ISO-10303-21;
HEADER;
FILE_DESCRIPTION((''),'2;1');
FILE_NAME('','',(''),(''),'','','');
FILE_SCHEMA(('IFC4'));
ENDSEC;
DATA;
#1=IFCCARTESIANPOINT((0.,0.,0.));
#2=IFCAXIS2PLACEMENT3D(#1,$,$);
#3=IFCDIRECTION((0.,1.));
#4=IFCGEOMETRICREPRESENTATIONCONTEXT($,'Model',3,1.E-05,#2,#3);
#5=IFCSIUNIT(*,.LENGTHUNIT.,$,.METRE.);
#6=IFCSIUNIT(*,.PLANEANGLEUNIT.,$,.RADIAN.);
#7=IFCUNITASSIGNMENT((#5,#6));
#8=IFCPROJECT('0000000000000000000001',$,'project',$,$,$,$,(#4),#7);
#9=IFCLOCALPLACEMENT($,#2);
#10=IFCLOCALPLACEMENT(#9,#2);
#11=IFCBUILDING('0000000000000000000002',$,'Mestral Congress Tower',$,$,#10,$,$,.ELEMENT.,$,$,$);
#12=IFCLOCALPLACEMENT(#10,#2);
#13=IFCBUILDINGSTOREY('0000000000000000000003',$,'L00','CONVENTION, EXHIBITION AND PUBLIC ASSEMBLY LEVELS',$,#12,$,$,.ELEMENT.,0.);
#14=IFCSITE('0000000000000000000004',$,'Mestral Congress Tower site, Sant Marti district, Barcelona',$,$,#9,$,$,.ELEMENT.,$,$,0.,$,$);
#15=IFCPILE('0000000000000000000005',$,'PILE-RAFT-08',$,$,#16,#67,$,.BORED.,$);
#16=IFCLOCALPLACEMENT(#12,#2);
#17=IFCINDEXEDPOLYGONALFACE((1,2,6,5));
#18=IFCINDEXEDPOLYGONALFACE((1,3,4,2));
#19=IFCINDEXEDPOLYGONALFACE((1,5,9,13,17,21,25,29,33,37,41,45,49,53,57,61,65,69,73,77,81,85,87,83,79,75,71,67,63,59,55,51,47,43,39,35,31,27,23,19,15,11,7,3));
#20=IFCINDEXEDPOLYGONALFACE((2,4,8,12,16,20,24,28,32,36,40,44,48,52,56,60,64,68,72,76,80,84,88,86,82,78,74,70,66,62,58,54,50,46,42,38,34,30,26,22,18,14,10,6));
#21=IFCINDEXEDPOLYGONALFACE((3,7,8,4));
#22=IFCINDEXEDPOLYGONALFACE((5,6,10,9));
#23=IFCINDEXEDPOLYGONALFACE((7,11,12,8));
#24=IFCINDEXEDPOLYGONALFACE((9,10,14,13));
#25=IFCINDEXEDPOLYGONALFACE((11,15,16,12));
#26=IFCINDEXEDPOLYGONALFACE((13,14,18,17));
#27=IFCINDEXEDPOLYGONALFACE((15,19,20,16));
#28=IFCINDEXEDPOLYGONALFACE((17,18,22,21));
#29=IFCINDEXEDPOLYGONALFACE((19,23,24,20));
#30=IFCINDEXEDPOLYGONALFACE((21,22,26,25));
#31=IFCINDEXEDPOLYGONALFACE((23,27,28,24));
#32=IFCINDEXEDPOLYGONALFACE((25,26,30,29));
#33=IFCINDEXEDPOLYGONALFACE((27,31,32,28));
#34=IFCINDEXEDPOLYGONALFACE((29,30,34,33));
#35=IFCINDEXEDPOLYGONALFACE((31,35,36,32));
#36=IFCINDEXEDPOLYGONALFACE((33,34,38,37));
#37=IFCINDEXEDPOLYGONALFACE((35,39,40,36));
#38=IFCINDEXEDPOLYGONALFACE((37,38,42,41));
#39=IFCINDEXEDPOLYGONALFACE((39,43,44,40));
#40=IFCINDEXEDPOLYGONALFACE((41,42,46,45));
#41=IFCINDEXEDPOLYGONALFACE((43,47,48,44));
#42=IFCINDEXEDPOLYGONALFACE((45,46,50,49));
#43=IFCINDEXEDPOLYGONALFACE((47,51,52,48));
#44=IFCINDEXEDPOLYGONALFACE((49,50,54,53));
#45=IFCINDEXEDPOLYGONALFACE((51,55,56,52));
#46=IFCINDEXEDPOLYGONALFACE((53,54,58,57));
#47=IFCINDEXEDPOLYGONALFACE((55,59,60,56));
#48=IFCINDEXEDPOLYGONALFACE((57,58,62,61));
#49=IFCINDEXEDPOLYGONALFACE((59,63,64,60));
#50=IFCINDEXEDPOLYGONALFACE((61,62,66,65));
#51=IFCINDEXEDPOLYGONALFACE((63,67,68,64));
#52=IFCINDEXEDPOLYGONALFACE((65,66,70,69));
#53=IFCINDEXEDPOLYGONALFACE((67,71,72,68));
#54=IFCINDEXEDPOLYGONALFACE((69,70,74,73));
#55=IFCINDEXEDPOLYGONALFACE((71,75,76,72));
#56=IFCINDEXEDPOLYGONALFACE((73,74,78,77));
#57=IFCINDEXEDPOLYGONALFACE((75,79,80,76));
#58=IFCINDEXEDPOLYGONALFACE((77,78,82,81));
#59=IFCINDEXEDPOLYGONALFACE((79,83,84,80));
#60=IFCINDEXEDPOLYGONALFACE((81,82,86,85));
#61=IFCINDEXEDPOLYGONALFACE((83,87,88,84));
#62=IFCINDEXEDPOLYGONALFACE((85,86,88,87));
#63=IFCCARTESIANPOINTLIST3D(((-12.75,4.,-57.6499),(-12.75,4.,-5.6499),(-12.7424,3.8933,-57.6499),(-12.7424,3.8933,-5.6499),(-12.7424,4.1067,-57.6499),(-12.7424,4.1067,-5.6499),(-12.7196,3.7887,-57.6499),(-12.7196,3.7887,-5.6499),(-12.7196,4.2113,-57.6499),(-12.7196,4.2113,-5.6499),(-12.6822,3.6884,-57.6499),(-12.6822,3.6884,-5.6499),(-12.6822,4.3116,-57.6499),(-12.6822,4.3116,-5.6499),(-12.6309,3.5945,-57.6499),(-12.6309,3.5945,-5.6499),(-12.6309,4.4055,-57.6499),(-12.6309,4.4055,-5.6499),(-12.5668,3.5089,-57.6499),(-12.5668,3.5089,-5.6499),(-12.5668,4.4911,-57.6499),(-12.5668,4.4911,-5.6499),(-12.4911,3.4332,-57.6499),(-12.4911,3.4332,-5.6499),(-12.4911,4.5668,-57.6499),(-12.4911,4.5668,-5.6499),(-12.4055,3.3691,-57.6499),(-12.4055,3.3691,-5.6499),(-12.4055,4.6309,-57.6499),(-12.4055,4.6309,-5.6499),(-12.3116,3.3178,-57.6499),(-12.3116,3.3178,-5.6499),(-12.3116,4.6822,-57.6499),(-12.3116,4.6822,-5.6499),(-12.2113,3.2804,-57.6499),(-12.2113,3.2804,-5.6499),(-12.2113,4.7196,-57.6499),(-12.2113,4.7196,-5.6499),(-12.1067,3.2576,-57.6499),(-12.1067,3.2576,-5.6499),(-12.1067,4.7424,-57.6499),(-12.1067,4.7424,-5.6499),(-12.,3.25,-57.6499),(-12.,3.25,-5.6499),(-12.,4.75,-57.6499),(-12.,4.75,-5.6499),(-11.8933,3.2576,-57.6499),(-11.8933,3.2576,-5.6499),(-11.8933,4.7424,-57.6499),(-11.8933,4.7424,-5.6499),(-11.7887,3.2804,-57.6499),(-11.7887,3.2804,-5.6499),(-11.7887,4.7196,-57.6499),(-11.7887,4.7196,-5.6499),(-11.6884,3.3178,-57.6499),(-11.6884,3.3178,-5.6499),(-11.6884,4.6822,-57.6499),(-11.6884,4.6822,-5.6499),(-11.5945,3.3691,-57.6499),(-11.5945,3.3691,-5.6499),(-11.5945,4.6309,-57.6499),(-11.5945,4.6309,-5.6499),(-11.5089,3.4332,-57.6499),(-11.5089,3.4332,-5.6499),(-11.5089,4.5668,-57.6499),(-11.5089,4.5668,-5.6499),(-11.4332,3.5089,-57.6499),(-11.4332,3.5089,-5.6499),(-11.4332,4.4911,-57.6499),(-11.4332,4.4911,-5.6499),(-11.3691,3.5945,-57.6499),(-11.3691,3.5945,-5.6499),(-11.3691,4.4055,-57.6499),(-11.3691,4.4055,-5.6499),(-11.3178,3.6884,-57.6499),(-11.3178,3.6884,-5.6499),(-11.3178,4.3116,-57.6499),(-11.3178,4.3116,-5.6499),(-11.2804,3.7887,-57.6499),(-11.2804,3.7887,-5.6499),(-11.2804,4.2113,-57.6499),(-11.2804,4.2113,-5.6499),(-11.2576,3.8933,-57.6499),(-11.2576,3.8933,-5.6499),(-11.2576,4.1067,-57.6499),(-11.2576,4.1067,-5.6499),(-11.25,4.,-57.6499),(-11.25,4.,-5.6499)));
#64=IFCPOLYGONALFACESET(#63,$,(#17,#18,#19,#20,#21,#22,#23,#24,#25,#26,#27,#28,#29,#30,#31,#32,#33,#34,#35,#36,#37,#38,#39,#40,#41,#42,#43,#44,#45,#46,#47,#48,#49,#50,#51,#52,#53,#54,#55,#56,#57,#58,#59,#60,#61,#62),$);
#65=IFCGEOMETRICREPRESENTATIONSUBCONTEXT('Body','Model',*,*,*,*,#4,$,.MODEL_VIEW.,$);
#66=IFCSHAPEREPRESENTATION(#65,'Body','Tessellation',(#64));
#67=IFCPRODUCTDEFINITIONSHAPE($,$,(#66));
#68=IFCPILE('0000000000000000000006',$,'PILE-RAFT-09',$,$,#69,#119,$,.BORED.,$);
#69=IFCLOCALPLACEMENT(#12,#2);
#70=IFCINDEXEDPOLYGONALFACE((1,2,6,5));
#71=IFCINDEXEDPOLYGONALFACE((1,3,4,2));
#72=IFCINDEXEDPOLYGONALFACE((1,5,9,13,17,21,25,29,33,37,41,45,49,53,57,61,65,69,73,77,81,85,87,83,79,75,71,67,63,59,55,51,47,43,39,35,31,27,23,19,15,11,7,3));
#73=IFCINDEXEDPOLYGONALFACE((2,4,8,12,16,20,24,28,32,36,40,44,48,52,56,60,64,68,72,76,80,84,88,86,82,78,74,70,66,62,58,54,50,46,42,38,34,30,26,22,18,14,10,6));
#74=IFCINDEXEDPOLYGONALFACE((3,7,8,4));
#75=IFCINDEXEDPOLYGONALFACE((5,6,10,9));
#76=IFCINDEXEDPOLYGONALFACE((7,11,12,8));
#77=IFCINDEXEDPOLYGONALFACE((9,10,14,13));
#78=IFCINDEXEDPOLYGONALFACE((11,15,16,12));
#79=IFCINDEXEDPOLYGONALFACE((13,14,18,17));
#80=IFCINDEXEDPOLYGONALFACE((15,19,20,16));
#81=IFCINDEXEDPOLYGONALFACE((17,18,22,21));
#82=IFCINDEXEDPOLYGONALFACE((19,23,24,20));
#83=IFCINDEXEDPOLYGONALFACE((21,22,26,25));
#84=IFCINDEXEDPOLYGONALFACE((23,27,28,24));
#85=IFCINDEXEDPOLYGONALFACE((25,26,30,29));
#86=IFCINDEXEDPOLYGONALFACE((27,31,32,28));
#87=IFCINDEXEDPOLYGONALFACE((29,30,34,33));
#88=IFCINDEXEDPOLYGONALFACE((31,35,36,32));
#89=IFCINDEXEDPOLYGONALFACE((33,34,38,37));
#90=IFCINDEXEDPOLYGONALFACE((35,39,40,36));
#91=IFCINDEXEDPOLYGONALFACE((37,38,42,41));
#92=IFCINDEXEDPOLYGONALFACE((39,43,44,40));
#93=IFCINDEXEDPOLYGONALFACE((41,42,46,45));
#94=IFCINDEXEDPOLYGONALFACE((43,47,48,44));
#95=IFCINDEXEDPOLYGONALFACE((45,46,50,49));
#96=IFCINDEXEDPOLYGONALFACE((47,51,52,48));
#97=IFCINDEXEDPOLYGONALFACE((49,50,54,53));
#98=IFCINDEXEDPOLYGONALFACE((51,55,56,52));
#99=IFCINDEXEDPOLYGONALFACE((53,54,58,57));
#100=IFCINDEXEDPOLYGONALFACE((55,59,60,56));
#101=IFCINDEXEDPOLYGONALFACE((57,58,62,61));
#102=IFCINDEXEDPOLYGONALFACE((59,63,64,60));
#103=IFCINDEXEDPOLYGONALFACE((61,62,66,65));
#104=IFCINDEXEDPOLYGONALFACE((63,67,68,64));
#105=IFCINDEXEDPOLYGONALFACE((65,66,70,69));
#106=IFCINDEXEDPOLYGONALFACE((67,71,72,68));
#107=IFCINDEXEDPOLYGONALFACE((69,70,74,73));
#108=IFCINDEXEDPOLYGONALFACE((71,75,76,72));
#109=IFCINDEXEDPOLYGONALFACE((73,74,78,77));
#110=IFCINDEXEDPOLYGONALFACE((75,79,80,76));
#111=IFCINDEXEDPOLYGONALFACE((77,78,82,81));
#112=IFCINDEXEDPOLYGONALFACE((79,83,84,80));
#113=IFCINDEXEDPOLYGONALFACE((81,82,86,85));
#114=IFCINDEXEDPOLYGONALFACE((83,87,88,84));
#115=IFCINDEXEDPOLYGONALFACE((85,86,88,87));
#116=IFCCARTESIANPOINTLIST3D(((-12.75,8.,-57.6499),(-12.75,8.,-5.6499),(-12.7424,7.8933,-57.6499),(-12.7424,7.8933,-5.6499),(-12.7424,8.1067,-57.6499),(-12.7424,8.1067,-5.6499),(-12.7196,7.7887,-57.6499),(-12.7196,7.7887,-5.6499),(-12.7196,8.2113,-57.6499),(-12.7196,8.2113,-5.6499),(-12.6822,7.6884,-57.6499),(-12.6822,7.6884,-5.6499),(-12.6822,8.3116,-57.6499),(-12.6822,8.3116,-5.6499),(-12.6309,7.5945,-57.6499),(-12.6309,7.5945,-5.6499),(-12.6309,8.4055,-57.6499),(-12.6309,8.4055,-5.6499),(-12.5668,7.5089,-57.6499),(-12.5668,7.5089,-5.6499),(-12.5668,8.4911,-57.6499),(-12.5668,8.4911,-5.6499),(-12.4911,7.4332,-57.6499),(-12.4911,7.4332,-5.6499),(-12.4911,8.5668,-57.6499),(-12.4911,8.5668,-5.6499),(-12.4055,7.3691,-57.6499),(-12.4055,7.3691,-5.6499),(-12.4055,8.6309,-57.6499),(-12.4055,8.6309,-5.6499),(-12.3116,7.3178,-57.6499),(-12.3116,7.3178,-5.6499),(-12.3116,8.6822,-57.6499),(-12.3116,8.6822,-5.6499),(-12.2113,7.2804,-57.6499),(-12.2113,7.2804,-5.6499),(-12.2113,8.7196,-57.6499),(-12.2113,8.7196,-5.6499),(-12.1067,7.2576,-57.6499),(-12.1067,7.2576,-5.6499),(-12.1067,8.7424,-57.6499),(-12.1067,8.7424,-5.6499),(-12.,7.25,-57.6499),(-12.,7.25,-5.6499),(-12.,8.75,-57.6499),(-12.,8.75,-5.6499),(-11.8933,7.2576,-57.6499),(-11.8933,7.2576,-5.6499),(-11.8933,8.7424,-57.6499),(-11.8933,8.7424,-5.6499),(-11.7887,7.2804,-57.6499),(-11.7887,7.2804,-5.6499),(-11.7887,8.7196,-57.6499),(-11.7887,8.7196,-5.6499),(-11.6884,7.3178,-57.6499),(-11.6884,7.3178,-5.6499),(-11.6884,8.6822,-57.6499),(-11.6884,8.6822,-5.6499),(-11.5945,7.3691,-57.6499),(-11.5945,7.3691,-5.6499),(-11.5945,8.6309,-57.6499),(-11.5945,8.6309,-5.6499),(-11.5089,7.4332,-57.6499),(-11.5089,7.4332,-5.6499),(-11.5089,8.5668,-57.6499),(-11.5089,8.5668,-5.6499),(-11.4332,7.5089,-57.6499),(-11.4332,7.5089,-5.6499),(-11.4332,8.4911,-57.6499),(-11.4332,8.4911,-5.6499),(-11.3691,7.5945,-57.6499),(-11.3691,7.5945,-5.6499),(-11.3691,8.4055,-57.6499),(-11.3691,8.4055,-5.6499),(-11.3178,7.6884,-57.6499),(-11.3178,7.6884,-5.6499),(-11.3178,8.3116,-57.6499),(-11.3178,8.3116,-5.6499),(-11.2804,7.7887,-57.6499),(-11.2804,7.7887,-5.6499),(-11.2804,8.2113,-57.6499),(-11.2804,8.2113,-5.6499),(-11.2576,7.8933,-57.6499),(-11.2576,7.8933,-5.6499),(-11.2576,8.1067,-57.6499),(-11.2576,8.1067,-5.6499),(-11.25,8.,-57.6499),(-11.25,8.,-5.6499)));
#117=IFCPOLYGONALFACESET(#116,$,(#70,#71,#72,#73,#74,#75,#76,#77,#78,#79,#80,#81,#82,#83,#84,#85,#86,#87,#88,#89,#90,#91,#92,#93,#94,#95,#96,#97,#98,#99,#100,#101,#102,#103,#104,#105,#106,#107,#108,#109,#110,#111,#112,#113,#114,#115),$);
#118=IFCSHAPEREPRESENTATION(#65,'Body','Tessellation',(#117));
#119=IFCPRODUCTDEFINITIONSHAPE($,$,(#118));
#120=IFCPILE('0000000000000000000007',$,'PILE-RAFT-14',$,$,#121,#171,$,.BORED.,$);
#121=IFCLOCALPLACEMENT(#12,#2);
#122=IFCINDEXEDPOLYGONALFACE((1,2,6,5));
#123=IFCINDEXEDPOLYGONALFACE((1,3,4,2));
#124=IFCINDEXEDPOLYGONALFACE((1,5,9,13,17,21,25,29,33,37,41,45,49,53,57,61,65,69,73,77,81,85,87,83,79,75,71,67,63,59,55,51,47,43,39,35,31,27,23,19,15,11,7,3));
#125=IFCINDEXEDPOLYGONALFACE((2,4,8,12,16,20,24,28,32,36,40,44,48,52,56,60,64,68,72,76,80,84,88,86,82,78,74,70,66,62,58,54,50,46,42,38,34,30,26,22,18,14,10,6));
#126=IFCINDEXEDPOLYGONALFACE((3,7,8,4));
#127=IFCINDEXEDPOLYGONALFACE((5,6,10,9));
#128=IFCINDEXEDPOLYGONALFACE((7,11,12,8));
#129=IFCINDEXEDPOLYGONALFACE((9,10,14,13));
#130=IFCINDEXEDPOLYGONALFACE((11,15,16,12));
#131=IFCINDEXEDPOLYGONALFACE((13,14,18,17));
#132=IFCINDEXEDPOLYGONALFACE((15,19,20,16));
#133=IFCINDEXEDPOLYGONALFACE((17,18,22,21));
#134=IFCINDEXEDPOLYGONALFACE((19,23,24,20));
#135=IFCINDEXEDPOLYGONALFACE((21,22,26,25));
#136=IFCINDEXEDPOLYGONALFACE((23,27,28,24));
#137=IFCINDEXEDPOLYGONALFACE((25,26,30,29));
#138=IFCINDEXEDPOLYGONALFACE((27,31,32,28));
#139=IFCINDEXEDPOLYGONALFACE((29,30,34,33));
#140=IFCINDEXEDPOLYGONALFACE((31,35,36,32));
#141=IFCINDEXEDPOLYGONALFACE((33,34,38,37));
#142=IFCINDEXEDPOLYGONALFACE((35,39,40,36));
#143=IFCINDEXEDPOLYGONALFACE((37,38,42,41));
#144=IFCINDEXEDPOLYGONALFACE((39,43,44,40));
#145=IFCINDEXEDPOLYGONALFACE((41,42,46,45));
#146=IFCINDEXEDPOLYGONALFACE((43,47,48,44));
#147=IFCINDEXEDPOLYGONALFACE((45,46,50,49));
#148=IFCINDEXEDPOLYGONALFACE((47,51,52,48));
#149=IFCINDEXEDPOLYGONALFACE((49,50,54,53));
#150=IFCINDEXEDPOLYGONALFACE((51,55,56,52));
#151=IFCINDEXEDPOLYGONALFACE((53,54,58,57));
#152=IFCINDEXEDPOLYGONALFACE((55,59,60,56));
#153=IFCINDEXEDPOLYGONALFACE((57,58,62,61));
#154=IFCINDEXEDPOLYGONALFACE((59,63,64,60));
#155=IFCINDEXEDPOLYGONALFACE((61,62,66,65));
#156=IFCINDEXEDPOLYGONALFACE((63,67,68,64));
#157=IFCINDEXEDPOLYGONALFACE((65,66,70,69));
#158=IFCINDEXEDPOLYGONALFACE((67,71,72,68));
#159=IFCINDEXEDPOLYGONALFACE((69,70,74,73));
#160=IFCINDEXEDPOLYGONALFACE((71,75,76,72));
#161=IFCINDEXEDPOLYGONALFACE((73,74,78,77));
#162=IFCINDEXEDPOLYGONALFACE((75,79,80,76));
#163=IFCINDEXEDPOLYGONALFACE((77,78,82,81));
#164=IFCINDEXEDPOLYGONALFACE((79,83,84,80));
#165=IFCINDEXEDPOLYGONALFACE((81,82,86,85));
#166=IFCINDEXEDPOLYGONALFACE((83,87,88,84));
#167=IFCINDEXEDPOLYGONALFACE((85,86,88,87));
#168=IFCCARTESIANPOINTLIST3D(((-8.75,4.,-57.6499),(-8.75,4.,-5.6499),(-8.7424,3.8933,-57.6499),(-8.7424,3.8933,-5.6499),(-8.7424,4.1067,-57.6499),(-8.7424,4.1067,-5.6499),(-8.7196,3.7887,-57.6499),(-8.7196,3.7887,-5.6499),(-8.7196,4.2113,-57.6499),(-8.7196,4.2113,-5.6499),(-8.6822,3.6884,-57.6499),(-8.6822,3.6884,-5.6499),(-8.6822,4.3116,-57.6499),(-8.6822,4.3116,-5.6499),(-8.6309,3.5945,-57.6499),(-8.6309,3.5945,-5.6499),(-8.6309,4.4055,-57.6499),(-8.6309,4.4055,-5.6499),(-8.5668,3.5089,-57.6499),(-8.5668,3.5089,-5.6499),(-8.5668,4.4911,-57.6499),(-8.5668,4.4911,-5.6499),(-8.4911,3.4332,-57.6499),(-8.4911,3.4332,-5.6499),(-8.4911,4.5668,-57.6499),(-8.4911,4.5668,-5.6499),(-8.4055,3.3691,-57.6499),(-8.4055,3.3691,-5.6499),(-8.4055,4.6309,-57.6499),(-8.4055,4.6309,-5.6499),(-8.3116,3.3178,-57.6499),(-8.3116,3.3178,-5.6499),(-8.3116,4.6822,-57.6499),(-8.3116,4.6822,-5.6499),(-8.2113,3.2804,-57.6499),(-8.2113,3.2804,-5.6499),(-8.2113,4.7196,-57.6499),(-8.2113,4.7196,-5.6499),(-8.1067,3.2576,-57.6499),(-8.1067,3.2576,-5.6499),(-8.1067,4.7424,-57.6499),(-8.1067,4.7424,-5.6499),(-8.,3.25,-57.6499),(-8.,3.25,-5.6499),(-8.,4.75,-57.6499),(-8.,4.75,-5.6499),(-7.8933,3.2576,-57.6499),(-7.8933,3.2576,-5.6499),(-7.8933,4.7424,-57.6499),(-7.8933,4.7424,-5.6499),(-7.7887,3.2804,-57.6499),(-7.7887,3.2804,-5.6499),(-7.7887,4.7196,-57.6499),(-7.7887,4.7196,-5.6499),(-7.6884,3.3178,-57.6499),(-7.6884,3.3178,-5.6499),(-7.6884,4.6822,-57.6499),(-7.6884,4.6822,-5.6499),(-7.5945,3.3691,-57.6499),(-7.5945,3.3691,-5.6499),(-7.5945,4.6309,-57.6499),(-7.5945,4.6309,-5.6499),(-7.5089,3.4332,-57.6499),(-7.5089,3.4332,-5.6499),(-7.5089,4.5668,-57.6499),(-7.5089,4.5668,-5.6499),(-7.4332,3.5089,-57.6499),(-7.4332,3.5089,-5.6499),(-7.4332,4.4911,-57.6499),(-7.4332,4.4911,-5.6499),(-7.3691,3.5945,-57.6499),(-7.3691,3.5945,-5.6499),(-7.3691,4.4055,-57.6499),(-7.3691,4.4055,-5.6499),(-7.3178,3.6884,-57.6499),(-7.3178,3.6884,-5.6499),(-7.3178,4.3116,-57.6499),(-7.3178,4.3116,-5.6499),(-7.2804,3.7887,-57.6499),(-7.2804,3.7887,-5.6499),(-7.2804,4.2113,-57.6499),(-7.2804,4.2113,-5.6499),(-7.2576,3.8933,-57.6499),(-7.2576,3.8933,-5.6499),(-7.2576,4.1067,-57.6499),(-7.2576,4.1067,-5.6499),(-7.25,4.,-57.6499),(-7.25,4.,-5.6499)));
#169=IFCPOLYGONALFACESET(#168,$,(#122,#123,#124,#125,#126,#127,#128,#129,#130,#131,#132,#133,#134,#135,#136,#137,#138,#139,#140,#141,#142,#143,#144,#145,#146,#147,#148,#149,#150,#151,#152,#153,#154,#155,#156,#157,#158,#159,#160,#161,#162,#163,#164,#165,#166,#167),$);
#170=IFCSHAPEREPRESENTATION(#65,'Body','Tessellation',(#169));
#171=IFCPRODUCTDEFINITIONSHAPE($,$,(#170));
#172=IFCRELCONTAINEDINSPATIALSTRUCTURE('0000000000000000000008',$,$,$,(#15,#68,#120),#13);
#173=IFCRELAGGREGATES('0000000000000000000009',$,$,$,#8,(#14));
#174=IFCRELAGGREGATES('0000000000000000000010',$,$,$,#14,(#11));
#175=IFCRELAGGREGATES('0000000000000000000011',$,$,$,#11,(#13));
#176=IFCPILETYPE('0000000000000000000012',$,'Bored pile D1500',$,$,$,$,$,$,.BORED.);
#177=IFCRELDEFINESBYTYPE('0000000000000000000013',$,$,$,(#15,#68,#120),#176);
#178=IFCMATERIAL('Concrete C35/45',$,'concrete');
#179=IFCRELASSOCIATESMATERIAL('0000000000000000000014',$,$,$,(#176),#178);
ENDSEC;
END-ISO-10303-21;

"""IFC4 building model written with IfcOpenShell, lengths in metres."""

from ifc_helpers import new_model, si_unit, direction, frame, origin, origin_2d, place, context, subcontext, project, spatial, circle, extrude, material, material_profile, profile_set, type_object, element, save


model = new_model("IFC4")

# Units and contexts
model_context = context("Model", 3, precision=1e-05, world=origin(), true_north=direction((0.0, 1.0)))
body_context = subcontext(model_context, "Body", "Model", "MODEL_VIEW")
ifc_project = project(units=[si_unit("LENGTHUNIT", "METRE"), si_unit("PLANEANGLEUNIT", "RADIAN")], contexts=[model_context])

# Site, building, storey
site_placement = place(None, origin())
site = spatial("IfcSite", under=ifc_project, at=site_placement, Name="Mestral Congress Tower site, Sant Marti district, Barcelona", CompositionType="ELEMENT", RefElevation=0.0)
building_placement = place(site_placement, origin())
building = spatial("IfcBuilding", under=site, at=building_placement, Name="Mestral Congress Tower", CompositionType="ELEMENT")
storey_placement = place(building_placement, origin())
storey = spatial("IfcBuildingStorey", under=building, at=storey_placement, Name="L00", Description="CONVENTION, EXHIBITION AND PUBLIC ASSEMBLY LEVELS", CompositionType="ELEMENT", Elevation=0.0)

# Piles
ifc_material_1 = material(Name="Concrete C35/45", Category="concrete")
ifc_material_profile = material_profile(ifc_material_1, circle(Radius=0.75, at=origin_2d()), Name="D1500")
ifc_profile_set = profile_set([ifc_material_profile], Name="Concrete C35/45")
pile_type = type_object("IfcPileType", Name="Bored pile D1500", PredefinedType="BORED", material=ifc_profile_set)
for number, where, z_axis, x_axis, name in (
    (1, (-12.0, 4.0, -5.6499), (0.0, 0.0, -1.0), (1.0, 0.0, 0.0), "PILE-RAFT-08"),
    (2, (-12.0, 8.0, -5.6499), (0.0, 0.0, -1.0), (1.0, 0.0, 0.0), "PILE-RAFT-09"),
    (3, (-8.0, 4.0, -5.6499), (0.0, 0.0, -1.0), (1.0, 0.0, 0.0), "PILE-RAFT-14"),
):
    element("IfcPile", number, at=place(storey_placement, frame(where, z_axis=z_axis, x_axis=x_axis)), inside=storey, type_object=pile_type, Name=name, PredefinedType="BORED", context=body_context, shape_type="SweptSolid", body=[
        extrude(circle(Radius=0.75, at=origin_2d()), origin(), (0.0, 0.0, 1.0), 52.0),
    ])

save(model, "model.ifc")
